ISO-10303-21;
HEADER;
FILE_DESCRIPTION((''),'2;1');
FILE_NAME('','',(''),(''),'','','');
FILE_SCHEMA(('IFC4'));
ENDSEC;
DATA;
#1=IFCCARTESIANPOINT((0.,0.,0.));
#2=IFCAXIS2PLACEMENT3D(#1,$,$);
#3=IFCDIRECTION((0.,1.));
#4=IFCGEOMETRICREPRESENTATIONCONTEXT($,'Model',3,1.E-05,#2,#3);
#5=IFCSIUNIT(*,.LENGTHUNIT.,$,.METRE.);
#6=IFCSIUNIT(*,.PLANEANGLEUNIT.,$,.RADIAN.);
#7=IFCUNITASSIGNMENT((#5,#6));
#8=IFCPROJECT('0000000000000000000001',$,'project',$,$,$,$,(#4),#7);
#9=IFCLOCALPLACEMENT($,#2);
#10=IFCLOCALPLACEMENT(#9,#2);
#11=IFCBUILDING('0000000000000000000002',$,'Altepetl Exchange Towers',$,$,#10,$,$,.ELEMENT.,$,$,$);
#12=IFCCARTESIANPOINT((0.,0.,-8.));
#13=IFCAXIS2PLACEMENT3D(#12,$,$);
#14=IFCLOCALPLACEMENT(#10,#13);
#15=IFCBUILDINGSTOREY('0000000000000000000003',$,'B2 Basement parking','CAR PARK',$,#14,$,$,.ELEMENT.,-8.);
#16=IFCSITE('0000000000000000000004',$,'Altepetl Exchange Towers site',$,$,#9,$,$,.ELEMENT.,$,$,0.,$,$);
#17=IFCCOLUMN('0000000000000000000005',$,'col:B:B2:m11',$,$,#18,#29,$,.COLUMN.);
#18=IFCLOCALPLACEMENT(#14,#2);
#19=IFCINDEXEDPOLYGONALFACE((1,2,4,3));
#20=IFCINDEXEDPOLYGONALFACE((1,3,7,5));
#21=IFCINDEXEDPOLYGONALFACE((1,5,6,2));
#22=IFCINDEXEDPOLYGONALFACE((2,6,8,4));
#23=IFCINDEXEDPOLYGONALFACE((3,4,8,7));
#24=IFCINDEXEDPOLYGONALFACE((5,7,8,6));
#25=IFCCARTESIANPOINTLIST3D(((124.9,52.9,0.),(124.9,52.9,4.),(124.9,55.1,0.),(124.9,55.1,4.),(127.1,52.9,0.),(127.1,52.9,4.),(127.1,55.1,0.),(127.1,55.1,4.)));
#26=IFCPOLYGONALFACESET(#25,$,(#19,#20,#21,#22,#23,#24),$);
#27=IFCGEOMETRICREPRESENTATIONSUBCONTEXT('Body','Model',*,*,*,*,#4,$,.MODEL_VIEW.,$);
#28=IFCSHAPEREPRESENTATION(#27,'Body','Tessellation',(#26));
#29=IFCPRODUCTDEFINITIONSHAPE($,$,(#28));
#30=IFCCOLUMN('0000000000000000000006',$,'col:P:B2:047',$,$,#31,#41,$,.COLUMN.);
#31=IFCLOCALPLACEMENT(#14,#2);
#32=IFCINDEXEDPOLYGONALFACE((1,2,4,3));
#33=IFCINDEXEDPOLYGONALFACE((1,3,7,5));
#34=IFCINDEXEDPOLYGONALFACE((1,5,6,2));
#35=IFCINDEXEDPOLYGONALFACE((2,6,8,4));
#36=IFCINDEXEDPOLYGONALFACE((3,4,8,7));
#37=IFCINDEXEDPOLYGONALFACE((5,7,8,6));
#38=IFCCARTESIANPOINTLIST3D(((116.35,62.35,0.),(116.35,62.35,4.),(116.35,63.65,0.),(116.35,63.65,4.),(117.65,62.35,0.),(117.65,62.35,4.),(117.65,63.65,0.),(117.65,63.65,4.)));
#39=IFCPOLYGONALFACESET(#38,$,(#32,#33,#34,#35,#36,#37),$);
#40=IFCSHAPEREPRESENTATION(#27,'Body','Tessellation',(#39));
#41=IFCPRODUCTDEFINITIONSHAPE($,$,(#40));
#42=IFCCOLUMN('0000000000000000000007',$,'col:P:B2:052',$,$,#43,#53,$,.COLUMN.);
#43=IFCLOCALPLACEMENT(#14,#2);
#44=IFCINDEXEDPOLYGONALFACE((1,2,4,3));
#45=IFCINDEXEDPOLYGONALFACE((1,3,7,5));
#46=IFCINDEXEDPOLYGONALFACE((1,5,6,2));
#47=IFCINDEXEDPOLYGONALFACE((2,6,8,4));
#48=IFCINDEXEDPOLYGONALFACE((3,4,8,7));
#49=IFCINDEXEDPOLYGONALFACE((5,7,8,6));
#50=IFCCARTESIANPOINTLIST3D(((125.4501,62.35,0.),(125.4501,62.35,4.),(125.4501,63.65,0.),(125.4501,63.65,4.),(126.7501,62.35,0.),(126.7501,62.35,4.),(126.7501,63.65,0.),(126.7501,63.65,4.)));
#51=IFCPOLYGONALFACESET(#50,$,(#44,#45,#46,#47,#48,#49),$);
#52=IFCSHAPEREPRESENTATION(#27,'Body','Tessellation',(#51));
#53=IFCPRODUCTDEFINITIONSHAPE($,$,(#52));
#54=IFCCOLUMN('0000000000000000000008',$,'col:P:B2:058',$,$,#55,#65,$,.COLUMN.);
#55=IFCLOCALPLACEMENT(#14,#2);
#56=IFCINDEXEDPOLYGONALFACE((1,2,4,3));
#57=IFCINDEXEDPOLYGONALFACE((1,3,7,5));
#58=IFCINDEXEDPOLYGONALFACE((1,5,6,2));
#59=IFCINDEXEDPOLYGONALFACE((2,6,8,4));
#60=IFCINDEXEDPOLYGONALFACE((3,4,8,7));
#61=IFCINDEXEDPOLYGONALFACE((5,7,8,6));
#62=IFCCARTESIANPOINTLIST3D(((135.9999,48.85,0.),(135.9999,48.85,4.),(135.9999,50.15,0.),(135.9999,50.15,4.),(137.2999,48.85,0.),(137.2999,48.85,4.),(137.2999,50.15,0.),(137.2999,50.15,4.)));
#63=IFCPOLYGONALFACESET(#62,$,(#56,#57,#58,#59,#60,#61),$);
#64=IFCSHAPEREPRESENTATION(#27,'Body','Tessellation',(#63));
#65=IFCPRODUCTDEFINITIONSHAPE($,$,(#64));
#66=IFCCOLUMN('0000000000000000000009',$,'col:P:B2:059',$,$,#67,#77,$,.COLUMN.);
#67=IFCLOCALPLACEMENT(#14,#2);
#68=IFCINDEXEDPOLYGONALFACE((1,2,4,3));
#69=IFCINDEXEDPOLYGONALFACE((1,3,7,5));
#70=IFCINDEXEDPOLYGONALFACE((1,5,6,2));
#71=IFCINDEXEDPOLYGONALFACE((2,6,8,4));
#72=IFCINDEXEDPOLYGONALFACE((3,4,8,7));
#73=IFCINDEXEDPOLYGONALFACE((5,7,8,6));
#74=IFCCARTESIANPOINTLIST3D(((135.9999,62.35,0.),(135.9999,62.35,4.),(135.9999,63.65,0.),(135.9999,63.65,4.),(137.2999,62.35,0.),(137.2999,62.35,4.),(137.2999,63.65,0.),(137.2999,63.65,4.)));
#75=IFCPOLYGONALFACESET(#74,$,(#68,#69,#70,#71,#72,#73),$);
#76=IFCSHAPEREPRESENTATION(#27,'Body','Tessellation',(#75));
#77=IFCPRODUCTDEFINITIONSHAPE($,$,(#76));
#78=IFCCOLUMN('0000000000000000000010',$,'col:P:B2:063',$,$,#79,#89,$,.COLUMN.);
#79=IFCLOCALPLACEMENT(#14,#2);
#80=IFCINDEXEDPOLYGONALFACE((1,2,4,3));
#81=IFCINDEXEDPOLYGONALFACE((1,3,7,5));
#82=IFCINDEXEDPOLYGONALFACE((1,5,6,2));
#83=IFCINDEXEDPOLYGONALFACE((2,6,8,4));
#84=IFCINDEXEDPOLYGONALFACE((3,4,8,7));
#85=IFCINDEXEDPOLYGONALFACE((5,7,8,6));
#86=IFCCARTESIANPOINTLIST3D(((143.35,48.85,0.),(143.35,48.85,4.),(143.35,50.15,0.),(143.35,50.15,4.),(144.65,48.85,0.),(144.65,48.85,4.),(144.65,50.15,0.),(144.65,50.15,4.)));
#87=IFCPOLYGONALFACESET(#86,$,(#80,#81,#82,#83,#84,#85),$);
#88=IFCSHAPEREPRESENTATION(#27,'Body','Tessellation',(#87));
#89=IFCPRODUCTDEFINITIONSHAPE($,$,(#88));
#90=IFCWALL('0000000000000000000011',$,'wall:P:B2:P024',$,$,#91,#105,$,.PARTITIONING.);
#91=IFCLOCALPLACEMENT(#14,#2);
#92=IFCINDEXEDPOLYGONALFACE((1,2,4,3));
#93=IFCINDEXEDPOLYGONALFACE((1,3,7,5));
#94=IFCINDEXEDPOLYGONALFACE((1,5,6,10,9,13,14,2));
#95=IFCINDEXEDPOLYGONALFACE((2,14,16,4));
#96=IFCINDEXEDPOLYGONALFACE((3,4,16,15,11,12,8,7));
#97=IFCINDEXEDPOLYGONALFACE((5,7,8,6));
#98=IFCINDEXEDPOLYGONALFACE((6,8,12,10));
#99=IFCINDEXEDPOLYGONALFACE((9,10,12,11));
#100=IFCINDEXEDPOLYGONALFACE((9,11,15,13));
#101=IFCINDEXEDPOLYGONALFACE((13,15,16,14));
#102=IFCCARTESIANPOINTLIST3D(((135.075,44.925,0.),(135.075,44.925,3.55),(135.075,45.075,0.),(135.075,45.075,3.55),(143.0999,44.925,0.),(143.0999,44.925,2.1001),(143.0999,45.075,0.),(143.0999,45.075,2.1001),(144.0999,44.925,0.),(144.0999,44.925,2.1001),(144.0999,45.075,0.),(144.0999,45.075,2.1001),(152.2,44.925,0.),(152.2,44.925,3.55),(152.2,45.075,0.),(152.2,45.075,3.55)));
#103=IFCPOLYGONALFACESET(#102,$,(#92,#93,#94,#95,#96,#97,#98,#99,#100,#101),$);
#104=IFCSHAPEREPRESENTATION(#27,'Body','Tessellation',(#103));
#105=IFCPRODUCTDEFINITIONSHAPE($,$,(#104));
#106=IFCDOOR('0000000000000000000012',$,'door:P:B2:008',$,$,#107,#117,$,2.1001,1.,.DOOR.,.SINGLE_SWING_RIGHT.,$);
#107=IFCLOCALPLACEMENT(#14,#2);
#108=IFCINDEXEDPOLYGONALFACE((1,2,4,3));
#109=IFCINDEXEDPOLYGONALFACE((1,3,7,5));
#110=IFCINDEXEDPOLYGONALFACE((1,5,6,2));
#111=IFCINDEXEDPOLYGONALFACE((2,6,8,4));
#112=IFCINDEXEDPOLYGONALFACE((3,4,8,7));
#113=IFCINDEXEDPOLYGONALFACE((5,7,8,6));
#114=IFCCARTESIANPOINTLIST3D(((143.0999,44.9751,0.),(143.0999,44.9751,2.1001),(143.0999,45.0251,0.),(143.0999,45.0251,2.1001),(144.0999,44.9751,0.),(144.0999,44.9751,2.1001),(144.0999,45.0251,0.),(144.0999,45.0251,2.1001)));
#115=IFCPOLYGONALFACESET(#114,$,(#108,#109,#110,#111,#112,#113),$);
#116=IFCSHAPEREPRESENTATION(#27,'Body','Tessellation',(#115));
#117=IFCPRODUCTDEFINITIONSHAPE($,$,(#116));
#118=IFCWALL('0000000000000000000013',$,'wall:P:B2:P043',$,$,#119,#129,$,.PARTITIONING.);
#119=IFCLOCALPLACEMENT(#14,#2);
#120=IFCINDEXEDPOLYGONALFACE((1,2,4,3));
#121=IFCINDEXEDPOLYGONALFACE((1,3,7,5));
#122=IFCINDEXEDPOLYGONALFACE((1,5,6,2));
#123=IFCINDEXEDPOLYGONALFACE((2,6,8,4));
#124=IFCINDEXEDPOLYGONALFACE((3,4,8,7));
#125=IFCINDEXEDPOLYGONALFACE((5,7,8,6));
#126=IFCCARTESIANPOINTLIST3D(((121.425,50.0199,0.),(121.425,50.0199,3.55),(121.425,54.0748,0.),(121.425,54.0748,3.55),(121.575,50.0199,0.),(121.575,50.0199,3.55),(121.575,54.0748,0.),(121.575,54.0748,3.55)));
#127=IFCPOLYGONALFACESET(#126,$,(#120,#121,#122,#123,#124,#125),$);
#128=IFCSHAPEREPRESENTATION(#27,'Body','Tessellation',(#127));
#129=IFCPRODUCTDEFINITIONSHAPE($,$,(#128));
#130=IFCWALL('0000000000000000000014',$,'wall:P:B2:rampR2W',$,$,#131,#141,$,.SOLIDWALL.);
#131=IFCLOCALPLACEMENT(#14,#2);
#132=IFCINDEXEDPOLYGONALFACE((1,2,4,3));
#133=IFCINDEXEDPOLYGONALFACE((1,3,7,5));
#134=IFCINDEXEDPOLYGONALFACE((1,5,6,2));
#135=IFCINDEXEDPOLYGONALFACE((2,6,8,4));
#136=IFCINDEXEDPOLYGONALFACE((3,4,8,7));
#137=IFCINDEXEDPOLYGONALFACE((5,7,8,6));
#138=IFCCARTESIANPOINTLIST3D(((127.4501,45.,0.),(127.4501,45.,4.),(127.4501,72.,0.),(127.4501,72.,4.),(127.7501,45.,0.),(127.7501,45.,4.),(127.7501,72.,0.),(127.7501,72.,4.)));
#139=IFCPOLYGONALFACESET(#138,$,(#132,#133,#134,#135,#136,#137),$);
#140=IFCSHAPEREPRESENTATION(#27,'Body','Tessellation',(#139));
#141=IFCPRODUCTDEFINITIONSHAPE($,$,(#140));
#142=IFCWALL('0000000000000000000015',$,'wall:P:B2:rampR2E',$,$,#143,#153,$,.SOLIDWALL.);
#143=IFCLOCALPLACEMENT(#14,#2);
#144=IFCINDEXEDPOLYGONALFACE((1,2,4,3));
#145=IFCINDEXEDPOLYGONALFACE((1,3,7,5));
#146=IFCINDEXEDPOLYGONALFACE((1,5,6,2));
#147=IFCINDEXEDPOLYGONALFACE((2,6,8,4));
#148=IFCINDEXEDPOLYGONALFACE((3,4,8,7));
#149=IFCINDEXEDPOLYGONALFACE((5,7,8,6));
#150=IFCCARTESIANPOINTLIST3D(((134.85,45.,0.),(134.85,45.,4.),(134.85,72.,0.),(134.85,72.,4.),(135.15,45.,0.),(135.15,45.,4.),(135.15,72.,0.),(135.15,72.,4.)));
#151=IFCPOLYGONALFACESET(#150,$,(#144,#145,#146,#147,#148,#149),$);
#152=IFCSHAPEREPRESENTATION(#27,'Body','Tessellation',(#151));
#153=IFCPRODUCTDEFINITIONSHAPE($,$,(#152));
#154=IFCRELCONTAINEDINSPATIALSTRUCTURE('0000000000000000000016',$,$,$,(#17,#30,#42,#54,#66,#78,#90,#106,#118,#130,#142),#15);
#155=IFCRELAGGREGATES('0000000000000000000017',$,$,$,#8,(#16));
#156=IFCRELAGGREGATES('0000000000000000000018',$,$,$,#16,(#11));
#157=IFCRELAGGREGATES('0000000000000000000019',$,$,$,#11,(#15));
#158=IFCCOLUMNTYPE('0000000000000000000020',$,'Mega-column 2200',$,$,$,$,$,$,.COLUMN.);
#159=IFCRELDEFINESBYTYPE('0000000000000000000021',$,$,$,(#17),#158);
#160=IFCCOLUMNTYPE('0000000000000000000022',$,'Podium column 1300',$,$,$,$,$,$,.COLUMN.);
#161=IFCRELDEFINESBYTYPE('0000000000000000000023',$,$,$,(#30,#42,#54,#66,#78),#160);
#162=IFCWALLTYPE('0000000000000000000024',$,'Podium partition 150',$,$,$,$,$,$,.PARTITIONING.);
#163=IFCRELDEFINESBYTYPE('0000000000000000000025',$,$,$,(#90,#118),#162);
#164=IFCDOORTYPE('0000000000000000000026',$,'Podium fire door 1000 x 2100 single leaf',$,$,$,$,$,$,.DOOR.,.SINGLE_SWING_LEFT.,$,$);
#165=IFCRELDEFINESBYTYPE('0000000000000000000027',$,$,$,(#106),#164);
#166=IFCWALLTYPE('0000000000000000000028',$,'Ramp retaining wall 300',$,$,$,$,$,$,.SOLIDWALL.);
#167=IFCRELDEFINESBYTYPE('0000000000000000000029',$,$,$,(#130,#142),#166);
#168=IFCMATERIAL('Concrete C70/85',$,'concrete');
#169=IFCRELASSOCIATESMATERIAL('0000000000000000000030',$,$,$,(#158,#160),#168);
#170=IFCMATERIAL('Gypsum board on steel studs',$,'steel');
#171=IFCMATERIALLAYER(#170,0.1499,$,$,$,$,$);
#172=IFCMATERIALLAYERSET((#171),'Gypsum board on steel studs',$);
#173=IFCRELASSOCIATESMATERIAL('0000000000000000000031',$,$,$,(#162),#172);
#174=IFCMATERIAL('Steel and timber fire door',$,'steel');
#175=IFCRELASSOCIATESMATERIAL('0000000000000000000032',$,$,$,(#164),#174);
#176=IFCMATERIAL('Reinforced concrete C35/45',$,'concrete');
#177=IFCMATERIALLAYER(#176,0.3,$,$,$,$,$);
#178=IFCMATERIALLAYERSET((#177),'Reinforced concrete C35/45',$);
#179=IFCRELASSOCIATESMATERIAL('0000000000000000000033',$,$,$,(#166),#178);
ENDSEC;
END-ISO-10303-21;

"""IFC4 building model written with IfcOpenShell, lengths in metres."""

from ifc_helpers import new_model, si_unit, direction, frame, frame_2d, origin, origin_2d, place, context, subcontext, project, spatial, rectangle, extrude, material, layer, layer_set, material_profile, profile_set, type_object, element, fill, save


model = new_model("IFC4")

# Units and contexts
model_context = context("Model", 3, precision=1e-05, world=origin(), true_north=direction((0.0, 1.0)))
body_context = subcontext(model_context, "Body", "Model", "MODEL_VIEW")
ifc_project = project(units=[si_unit("LENGTHUNIT", "METRE"), si_unit("PLANEANGLEUNIT", "RADIAN")], contexts=[model_context])

# Site, building, storey
site_placement = place(None, origin())
site = spatial("IfcSite", under=ifc_project, at=site_placement, Name="Altepetl Exchange Towers site", CompositionType="ELEMENT", RefElevation=0.0)
building_placement = place(site_placement, origin())
building = spatial("IfcBuilding", under=site, at=building_placement, Name="Altepetl Exchange Towers", CompositionType="ELEMENT")
storey_placement = place(building_placement, frame((0.0, 0.0, -8.0)))
storey = spatial("IfcBuildingStorey", under=building, at=storey_placement, Name="B2 Basement parking", Description="CAR PARK", CompositionType="ELEMENT", Elevation=-8.0)

# Columns
ifc_material_1 = material(Name="Concrete C70/85", Category="concrete")
ifc_material_profile_1 = material_profile(ifc_material_1, rectangle(XDim=2.2, YDim=2.2, at=origin_2d()), Name="2200 x 2200")
ifc_profile_set_1 = profile_set([ifc_material_profile_1], Name="Concrete C70/85")
column_type_1 = type_object("IfcColumnType", Name="Mega-column 2200", PredefinedType="COLUMN", material=ifc_profile_set_1)
for number, where, name in (
    (1, (126.0, 54.0, 0.0), "col:B:B2:m11"),
):
    element("IfcColumn", number, at=place(storey_placement, frame(where)), inside=storey, type_object=column_type_1, Name=name, PredefinedType="COLUMN", context=body_context, shape_type="SweptSolid", body=[
        extrude(rectangle(XDim=2.2, YDim=2.2, at=origin_2d()), origin(), (0.0, 0.0, 1.0), 4.0),
    ])
ifc_material_profile_2 = material_profile(ifc_material_1, rectangle(XDim=1.3, YDim=1.3, at=origin_2d()), Name="1300 x 1300")
ifc_profile_set_2 = profile_set([ifc_material_profile_2], Name="Concrete C70/85")
column_type_2 = type_object("IfcColumnType", Name="Podium column 1300", PredefinedType="COLUMN", material=ifc_profile_set_2)
for number, where, name in (
    (2, (117.0, 63.0, 0.0), "col:P:B2:047"),
    (3, (126.1001, 63.0, 0.0), "col:P:B2:052"),
    (4, (136.6499, 49.5, 0.0), "col:P:B2:058"),
    (5, (136.6499, 63.0, 0.0), "col:P:B2:059"),
    (6, (144.0, 49.5, 0.0), "col:P:B2:063"),
):
    element("IfcColumn", number, at=place(storey_placement, frame(where)), inside=storey, type_object=column_type_2, Name=name, PredefinedType="COLUMN", context=body_context, shape_type="SweptSolid", body=[
        extrude(rectangle(XDim=1.3, YDim=1.3, at=origin_2d()), origin(), (0.0, 0.0, 1.0), 4.0),
    ])

# Wall, opening, door
ifc_material_2 = material(Name="Gypsum board on steel studs", Category="steel")
ifc_layer_1 = layer(ifc_material_2, 0.1499)
ifc_layer_set_1 = layer_set([ifc_layer_1], Name="Gypsum board on steel studs")
wall_type_1 = type_object("IfcWallType", Name="Podium partition 150", PredefinedType="PARTITIONING", material=ifc_layer_set_1)
wall_1_placement = place(storey_placement, frame((135.075, 45.0, 0.0)))
wall_1 = element("IfcWall", 7, at=wall_1_placement, inside=storey, type_object=wall_type_1, Name="wall:P:B2:P024", PredefinedType="PARTITIONING", context=body_context, shape_type="SweptSolid", body=[
    extrude(rectangle(XDim=17.125, YDim=0.1499, at=frame_2d((8.5625, 0.0))), origin(), (0.0, 0.0, 1.0), 3.55),
])
opening_placement = place(wall_1_placement, frame((8.0249, 0.0, 0.0)))
opening = element("IfcOpeningElement", 8, at=opening_placement, cuts=wall_1, PredefinedType="OPENING", context=body_context, shape_type="SweptSolid", body=[
    extrude(rectangle(XDim=1.0, YDim=2.1001, at=frame_2d((0.5, 1.05))), frame((0.0, 0.085, 0.0), z_axis=(0.0, -1.0, 0.0), x_axis=(1.0, 0.0, 0.0)), (0.0, 0.0, 1.0), 0.1699),
])
ifc_material_3 = material(Name="Steel and timber fire door", Category="steel")
door_type = type_object("IfcDoorType", Name="Podium fire door 1000 x 2100 single leaf", OperationType="SINGLE_SWING_LEFT", PredefinedType="DOOR", material=ifc_material_3)
door_placement = place(opening_placement, frame((1.0, 0.0, 0.0), x_axis=(-1.0, 0.0, 0.0)))
door = element("IfcDoor", 9, at=door_placement, inside=storey, type_object=door_type, Name="door:P:B2:008", OperationType="SINGLE_SWING_RIGHT", OverallHeight=2.1001, OverallWidth=1.0, PredefinedType="DOOR", context=body_context, shape_type="SweptSolid", body=[
    extrude(rectangle(XDim=1.0, YDim=2.1001, at=frame_2d((0.5, 1.05))), frame((0.0, 0.0249, 0.0), z_axis=(0.0, -1.0, 0.0), x_axis=(1.0, 0.0, 0.0)), (0.0, 0.0, 1.0), 0.05),
])
fill(opening, door)

# Walls
wall_2_placement = place(storey_placement, frame((121.5, 50.02, 0.0), z_axis=(0.0, 0.0, 1.0), x_axis=(0.0, 1.0, 0.0)))
element("IfcWall", 10, at=wall_2_placement, inside=storey, type_object=wall_type_1, Name="wall:P:B2:P043", PredefinedType="PARTITIONING", context=body_context, shape_type="SweptSolid", body=[
    extrude(rectangle(XDim=4.0549, YDim=0.1499, at=frame_2d((2.0273, 0.0))), origin(), (0.0, 0.0, 1.0), 3.55),
])
ifc_material_4 = material(Name="Reinforced concrete C35/45", Category="concrete")
ifc_layer_2 = layer(ifc_material_4, 0.3)
ifc_layer_set_2 = layer_set([ifc_layer_2], Name="Reinforced concrete C35/45")
wall_type_2 = type_object("IfcWallType", Name="Ramp retaining wall 300", PredefinedType="SOLIDWALL", material=ifc_layer_set_2)
for number, where, z_axis, x_axis, name in (
    (11, (127.6001, 45.0, 0.0), (0.0, 0.0, 1.0), (0.0, 1.0, 0.0), "wall:P:B2:rampR2W"),
    (12, (135.0, 45.0, 0.0), (0.0, 0.0, 1.0), (0.0, 1.0, 0.0), "wall:P:B2:rampR2E"),
):
    element("IfcWall", number, at=place(storey_placement, frame(where, z_axis=z_axis, x_axis=x_axis)), inside=storey, type_object=wall_type_2, Name=name, PredefinedType="SOLIDWALL", context=body_context, shape_type="SweptSolid", body=[
        extrude(rectangle(XDim=27.0, YDim=0.3, at=frame_2d((13.5, 0.0))), origin(), (0.0, 0.0, 1.0), 4.0),
    ])

save(model, "model.ifc")
